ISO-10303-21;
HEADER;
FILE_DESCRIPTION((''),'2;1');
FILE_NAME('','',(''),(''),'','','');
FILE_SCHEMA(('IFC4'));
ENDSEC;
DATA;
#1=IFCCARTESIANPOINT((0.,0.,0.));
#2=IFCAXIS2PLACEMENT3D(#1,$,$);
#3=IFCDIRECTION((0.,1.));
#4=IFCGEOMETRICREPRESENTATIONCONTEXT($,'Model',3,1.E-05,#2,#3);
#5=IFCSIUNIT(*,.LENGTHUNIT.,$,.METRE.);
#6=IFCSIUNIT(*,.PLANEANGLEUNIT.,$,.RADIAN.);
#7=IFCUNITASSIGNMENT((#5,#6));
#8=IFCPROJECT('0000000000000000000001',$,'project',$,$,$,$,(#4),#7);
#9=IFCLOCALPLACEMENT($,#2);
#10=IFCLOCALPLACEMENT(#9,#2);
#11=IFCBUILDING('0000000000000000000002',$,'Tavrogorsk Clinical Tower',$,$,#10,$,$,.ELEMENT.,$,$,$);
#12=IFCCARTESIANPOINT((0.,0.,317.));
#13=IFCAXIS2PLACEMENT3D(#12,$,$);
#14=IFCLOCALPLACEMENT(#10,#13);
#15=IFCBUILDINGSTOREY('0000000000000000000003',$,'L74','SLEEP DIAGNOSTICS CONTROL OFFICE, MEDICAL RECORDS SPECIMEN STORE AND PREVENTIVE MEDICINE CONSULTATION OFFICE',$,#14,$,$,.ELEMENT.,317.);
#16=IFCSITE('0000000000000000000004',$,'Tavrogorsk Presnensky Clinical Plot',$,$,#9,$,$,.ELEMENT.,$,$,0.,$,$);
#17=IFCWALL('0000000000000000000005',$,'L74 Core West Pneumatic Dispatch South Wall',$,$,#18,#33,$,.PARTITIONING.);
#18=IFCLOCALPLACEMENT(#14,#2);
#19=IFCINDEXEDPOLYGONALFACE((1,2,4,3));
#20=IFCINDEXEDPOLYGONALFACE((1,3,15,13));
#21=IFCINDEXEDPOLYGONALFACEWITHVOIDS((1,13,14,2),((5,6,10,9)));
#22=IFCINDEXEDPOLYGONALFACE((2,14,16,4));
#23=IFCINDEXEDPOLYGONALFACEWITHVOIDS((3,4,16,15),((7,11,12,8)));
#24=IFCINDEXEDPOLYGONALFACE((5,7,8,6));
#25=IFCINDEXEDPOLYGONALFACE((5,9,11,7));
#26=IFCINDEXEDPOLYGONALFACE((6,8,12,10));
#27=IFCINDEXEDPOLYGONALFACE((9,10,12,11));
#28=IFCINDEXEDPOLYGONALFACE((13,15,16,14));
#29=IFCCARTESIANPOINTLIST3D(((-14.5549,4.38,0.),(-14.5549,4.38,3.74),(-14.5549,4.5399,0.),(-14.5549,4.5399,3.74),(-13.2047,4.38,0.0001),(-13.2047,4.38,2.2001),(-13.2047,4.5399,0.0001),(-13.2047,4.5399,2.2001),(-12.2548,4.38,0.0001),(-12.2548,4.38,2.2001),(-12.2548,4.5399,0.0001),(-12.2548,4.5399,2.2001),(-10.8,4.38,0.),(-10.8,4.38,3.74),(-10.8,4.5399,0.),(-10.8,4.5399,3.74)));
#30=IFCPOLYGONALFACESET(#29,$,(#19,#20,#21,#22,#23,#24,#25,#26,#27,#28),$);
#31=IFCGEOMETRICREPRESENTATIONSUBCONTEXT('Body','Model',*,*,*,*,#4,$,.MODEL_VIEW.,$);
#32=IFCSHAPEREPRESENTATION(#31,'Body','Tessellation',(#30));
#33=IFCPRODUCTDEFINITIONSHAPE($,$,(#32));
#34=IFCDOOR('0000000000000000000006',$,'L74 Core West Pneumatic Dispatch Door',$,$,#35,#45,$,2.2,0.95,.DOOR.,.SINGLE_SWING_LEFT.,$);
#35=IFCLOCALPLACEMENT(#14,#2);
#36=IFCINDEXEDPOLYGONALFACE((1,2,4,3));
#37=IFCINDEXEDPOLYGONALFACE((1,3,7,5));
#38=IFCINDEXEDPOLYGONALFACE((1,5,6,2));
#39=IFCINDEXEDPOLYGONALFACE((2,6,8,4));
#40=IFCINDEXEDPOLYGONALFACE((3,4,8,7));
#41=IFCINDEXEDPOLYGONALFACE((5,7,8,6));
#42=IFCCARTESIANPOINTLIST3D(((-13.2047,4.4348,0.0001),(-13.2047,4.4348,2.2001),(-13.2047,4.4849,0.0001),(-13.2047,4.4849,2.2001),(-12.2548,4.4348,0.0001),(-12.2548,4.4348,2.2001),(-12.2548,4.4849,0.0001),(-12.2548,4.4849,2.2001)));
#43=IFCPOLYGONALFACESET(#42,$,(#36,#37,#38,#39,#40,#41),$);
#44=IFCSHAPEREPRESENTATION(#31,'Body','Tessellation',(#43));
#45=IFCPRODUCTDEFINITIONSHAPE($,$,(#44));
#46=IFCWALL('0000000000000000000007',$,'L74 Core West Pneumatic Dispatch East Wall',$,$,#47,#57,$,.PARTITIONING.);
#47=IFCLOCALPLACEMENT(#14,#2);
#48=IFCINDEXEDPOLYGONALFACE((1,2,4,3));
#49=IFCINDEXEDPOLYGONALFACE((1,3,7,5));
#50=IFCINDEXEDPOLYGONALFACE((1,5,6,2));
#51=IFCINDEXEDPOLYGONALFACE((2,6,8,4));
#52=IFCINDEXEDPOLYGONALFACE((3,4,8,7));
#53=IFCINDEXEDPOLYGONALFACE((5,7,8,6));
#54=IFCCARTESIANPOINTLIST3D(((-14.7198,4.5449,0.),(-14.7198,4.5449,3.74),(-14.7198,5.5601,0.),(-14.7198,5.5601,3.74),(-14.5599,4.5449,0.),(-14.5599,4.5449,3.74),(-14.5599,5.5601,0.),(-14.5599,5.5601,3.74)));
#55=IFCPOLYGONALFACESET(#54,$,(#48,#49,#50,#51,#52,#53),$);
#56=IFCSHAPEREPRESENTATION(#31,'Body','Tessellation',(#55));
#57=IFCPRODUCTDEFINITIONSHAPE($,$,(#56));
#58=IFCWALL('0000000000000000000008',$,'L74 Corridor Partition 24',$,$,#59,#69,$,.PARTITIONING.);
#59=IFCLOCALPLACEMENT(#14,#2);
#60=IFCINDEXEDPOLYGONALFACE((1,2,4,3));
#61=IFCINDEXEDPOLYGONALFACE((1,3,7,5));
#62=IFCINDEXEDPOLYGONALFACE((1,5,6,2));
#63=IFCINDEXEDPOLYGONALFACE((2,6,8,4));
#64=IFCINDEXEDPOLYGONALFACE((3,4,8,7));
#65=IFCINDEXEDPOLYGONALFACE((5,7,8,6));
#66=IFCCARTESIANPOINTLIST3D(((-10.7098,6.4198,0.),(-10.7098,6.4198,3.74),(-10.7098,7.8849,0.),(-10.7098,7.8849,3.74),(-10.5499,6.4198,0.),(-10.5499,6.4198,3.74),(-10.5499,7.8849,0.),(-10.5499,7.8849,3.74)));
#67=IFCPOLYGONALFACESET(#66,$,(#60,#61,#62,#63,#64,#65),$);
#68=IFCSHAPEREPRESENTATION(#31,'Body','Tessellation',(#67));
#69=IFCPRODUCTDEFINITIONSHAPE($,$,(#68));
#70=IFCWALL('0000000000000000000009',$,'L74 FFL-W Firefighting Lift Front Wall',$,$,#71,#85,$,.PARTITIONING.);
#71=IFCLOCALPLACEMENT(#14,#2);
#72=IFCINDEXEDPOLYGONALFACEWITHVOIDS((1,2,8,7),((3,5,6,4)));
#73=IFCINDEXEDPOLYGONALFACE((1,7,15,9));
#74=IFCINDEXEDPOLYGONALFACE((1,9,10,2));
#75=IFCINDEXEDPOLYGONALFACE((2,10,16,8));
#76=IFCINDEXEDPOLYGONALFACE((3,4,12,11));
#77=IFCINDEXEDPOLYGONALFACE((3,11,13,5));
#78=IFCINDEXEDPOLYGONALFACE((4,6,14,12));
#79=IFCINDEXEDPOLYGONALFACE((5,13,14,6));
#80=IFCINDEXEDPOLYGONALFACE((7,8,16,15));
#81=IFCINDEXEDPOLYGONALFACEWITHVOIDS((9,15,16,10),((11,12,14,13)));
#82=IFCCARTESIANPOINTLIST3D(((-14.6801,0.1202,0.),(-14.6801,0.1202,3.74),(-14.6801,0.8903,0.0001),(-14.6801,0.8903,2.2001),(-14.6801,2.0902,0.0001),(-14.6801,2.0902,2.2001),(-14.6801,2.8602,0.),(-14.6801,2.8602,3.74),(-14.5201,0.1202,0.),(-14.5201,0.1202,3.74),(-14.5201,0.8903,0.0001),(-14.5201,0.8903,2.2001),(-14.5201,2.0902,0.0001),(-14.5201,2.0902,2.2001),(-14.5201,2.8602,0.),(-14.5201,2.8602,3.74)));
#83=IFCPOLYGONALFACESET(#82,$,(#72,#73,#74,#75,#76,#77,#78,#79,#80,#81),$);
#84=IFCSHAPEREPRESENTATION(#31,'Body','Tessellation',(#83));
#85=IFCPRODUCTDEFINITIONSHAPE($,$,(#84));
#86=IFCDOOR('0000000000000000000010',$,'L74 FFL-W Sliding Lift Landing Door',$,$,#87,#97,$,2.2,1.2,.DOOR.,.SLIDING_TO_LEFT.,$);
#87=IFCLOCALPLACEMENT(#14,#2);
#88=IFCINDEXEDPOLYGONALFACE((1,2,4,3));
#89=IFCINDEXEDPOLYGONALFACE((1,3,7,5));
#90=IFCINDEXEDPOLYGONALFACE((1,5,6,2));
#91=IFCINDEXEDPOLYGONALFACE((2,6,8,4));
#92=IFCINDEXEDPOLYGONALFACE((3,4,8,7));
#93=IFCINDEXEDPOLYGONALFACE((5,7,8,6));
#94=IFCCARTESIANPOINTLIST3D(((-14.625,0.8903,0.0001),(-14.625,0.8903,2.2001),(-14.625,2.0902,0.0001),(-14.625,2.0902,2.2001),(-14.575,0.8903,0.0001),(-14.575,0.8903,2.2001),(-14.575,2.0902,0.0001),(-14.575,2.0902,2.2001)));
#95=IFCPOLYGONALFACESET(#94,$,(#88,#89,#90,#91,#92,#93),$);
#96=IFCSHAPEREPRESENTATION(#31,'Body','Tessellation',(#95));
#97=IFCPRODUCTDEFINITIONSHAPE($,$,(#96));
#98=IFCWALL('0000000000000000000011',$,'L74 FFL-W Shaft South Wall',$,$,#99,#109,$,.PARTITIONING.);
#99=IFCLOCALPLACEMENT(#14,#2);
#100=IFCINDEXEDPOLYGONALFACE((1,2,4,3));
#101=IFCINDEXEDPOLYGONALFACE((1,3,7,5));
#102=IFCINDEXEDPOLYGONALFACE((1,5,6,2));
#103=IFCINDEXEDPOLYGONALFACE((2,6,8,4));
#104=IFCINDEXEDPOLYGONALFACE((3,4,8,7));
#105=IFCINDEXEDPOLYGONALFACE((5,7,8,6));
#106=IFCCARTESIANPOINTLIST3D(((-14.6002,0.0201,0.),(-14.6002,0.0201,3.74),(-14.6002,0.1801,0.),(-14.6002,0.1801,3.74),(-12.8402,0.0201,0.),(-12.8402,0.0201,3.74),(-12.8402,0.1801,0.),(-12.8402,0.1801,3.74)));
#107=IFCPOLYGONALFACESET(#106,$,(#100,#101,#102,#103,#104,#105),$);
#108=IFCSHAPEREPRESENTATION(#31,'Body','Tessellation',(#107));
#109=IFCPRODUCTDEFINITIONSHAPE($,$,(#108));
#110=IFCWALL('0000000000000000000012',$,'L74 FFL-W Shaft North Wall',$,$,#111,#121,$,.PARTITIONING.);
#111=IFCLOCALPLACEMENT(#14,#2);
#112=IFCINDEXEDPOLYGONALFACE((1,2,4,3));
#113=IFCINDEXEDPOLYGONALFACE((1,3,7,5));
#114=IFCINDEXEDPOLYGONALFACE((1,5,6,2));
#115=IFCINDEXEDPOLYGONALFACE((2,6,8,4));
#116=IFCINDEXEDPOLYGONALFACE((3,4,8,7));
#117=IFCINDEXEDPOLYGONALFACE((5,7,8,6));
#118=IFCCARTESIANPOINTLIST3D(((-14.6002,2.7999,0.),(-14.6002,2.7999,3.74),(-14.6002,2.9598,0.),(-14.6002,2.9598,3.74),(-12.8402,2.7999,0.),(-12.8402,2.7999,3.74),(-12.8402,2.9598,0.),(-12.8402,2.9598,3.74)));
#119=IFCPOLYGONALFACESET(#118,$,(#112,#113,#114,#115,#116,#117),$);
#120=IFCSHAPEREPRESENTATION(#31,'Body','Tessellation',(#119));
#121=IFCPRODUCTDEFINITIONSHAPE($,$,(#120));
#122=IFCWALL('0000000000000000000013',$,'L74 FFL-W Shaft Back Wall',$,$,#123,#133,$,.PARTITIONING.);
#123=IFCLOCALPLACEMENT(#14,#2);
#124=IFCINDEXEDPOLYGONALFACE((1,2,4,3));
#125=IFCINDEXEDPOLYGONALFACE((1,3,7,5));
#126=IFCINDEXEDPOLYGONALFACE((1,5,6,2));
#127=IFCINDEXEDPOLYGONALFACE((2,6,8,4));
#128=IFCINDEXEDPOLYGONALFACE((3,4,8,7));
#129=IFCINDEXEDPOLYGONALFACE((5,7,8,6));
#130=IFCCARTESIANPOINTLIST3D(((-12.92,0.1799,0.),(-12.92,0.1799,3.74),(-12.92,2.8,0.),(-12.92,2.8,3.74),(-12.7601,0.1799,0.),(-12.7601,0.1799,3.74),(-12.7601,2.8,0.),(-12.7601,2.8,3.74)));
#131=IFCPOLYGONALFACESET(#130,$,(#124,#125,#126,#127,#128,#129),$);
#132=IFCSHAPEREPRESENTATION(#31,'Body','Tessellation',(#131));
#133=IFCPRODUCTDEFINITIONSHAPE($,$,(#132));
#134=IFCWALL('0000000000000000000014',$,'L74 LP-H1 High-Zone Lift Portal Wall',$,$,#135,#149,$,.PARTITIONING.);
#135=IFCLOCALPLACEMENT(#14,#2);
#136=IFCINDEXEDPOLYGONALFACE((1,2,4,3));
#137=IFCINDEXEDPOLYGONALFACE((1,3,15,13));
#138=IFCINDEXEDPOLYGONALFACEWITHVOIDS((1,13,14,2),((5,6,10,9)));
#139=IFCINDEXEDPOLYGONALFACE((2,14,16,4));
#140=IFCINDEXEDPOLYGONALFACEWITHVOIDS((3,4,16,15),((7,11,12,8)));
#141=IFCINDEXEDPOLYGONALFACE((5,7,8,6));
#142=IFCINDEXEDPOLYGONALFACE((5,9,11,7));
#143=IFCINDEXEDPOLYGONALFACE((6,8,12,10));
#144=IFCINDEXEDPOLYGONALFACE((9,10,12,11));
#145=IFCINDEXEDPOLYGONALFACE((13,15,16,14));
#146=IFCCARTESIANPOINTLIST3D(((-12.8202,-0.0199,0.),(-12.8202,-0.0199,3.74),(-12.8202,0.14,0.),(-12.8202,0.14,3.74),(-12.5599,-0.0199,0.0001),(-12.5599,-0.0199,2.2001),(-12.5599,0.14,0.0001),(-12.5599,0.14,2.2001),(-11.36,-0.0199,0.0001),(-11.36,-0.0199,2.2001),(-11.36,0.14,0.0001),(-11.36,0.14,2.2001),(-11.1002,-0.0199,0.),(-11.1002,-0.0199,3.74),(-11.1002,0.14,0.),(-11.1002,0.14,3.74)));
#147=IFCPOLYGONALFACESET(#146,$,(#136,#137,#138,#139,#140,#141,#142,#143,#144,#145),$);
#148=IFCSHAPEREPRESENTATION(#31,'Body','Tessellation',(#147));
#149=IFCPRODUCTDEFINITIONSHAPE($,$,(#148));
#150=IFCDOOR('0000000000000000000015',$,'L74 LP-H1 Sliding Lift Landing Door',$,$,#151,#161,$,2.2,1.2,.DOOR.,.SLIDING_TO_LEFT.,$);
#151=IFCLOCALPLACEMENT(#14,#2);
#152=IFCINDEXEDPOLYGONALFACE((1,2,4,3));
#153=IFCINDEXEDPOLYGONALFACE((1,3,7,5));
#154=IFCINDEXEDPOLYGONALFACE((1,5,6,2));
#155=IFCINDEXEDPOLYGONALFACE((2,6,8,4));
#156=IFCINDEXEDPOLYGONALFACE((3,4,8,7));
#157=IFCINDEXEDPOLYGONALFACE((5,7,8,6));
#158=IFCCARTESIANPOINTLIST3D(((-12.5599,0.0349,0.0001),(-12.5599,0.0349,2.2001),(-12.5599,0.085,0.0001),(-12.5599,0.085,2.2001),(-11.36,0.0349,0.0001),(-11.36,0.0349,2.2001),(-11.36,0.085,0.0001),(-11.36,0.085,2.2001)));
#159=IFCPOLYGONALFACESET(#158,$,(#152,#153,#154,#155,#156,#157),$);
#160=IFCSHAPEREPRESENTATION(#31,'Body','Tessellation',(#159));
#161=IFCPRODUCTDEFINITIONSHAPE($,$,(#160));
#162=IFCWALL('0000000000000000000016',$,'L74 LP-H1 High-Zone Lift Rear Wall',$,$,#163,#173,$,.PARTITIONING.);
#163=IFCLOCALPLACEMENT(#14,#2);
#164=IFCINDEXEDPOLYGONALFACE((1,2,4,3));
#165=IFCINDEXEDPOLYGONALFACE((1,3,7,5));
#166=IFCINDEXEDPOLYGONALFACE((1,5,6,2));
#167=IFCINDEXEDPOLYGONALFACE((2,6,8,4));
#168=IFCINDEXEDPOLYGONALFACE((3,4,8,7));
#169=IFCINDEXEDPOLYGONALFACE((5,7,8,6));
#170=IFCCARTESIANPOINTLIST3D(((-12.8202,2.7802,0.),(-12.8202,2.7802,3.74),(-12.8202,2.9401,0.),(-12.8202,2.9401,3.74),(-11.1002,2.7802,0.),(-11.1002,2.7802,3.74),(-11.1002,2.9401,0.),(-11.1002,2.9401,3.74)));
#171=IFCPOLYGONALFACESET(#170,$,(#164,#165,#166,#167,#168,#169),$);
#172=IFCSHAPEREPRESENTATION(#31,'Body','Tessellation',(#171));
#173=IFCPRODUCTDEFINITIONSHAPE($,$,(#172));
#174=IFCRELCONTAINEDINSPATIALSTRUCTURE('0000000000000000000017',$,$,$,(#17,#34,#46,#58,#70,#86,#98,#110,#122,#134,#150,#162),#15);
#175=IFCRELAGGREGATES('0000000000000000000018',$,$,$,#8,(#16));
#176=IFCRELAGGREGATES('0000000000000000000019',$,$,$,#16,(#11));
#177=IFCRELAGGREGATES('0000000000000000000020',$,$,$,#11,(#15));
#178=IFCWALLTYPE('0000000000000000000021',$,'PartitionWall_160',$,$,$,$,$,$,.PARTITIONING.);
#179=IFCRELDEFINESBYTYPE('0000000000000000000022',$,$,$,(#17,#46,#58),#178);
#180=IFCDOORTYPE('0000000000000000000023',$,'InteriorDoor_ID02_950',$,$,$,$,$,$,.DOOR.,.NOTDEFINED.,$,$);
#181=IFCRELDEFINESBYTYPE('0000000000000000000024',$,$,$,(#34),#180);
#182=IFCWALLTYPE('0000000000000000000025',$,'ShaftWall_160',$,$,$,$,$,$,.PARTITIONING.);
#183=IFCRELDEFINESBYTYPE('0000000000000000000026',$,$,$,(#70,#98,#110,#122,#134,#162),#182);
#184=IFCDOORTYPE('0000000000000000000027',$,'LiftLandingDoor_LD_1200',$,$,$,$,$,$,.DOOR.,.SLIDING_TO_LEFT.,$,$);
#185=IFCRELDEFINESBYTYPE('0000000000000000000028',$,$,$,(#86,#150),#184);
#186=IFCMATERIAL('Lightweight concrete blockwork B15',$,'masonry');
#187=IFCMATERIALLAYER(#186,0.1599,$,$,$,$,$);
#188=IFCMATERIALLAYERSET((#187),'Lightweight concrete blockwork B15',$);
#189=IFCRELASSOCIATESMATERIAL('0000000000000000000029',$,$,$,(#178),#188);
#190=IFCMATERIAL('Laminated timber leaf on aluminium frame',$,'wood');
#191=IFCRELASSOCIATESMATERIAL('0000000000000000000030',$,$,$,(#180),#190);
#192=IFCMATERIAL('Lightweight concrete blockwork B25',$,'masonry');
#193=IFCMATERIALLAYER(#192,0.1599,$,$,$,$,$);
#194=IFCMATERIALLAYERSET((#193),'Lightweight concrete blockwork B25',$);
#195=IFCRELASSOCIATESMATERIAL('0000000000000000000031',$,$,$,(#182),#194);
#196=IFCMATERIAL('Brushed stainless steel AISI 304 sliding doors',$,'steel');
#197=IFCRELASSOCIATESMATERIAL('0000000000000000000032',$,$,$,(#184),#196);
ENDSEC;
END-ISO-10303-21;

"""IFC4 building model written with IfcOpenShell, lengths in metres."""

from ifc_helpers import new_model, si_unit, direction, frame, frame_2d, origin, place, context, subcontext, project, spatial, rectangle, extrude, material, layer, layer_set, type_object, element, fill, save


model = new_model("IFC4")

# Units and contexts
model_context = context("Model", 3, precision=1e-05, world=origin(), true_north=direction((0.0, 1.0)))
body_context = subcontext(model_context, "Body", "Model", "MODEL_VIEW")
ifc_project = project(units=[si_unit("LENGTHUNIT", "METRE"), si_unit("PLANEANGLEUNIT", "RADIAN")], contexts=[model_context])

# Site, building, storey
site_placement = place(None, origin())
site = spatial("IfcSite", under=ifc_project, at=site_placement, Name="Tavrogorsk Presnensky Clinical Plot", CompositionType="ELEMENT", RefElevation=0.0)
building_placement = place(site_placement, origin())
building = spatial("IfcBuilding", under=site, at=building_placement, Name="Tavrogorsk Clinical Tower", CompositionType="ELEMENT")
storey_placement = place(building_placement, frame((0.0, 0.0, 317.0)))
storey = spatial("IfcBuildingStorey", under=building, at=storey_placement, Name="L74", Description="SLEEP DIAGNOSTICS CONTROL OFFICE, MEDICAL RECORDS SPECIMEN STORE AND PREVENTIVE MEDICINE CONSULTATION OFFICE", CompositionType="ELEMENT", Elevation=317.0)

# Wall, opening, door
ifc_material_1 = material(Name="Lightweight concrete blockwork B15", Category="masonry")
ifc_layer_1 = layer(ifc_material_1, 0.1599)
ifc_layer_set_1 = layer_set([ifc_layer_1], Name="Lightweight concrete blockwork B15")
wall_type_1 = type_object("IfcWallType", Name="PartitionWall_160", PredefinedType="PARTITIONING", material=ifc_layer_set_1)
wall_1_placement = place(storey_placement, frame((-14.5549, 4.46, 0.0), z_axis=(0.0, 0.0, 1.0), x_axis=(1.0, 0.0, 0.0)))
wall_1 = element("IfcWall", 1, at=wall_1_placement, inside=storey, type_object=wall_type_1, Name="L74 Core West Pneumatic Dispatch South Wall", PredefinedType="PARTITIONING", context=body_context, shape_type="SweptSolid", body=[
    extrude(rectangle(XDim=3.7549, YDim=0.1599, at=frame_2d((1.8774, 0.0))), origin(), (0.0, 0.0, 1.0), 3.74),
])
opening_1_placement = place(wall_1_placement, frame((1.3501, 0.0, 0.0)))
opening_1 = element("IfcOpeningElement", 2, at=opening_1_placement, cuts=wall_1, PredefinedType="OPENING", context=body_context, shape_type="SweptSolid", body=[
    extrude(rectangle(XDim=0.95, YDim=2.2, at=frame_2d((0.4751, 1.1001))), frame((0.0, 0.0898, 0.0), z_axis=(0.0, -1.0, 0.0), x_axis=(1.0, 0.0, 0.0)), (0.0, 0.0, 1.0), 0.1799),
])
ifc_material_2 = material(Name="Laminated timber leaf on aluminium frame", Category="wood")
door_type_1 = type_object("IfcDoorType", Name="InteriorDoor_ID02_950", OperationType="NOTDEFINED", PredefinedType="DOOR", material=ifc_material_2)
door_1_placement = place(opening_1_placement, origin())
door_1 = element("IfcDoor", 3, at=door_1_placement, inside=storey, type_object=door_type_1, Name="L74 Core West Pneumatic Dispatch Door", OperationType="SINGLE_SWING_LEFT", OverallHeight=2.2, OverallWidth=0.95, PredefinedType="DOOR", context=body_context, shape_type="SweptSolid", body=[
    extrude(rectangle(XDim=0.95, YDim=2.2, at=frame_2d((0.4751, 1.1001))), frame((0.0, 0.0249, 0.0), z_axis=(0.0, -1.0, 0.0), x_axis=(1.0, 0.0, 0.0)), (0.0, 0.0, 1.0), 0.05),
])
fill(opening_1, door_1)

# Walls
wall_2_placement = place(storey_placement, frame((-14.6399, 4.5449, 0.0), z_axis=(0.0, 0.0, 1.0), x_axis=(0.0, 1.0, 0.0)))
element("IfcWall", 4, at=wall_2_placement, inside=storey, type_object=wall_type_1, Name="L74 Core West Pneumatic Dispatch East Wall", PredefinedType="PARTITIONING", context=body_context, shape_type="SweptSolid", body=[
    extrude(rectangle(XDim=1.0151, YDim=0.1599, at=frame_2d((0.5076, 0.0))), origin(), (0.0, 0.0, 1.0), 3.74),
])
wall_3_placement = place(storey_placement, frame((-10.6299, 6.4199, 0.0), z_axis=(0.0, 0.0, 1.0), x_axis=(0.0, 1.0, 0.0)))
element("IfcWall", 5, at=wall_3_placement, inside=storey, type_object=wall_type_1, Name="L74 Corridor Partition 24", PredefinedType="PARTITIONING", context=body_context, shape_type="SweptSolid", body=[
    extrude(rectangle(XDim=1.4651, YDim=0.1599, at=frame_2d((0.7324, 0.0))), origin(), (0.0, 0.0, 1.0), 3.74),
])

# Wall, opening, door
ifc_material_3 = material(Name="Lightweight concrete blockwork B25", Category="masonry")
ifc_layer_2 = layer(ifc_material_3, 0.1599)
ifc_layer_set_2 = layer_set([ifc_layer_2], Name="Lightweight concrete blockwork B25")
wall_type_2 = type_object("IfcWallType", Name="ShaftWall_160", PredefinedType="PARTITIONING", material=ifc_layer_set_2)
wall_4_placement = place(storey_placement, frame((-14.6001, 0.1201, 0.0), z_axis=(0.0, 0.0, 1.0), x_axis=(0.0, 1.0, 0.0)))
wall_4 = element("IfcWall", 6, at=wall_4_placement, inside=storey, type_object=wall_type_2, Name="L74 FFL-W Firefighting Lift Front Wall", PredefinedType="PARTITIONING", context=body_context, shape_type="SweptSolid", body=[
    extrude(rectangle(XDim=2.74, YDim=0.1599, at=frame_2d((1.3701, 0.0))), origin(), (0.0, 0.0, 1.0), 3.74),
])
opening_2_placement = place(wall_4_placement, frame((0.77, 0.0, 0.0)))
opening_2 = element("IfcOpeningElement", 7, at=opening_2_placement, cuts=wall_4, PredefinedType="OPENING", context=body_context, shape_type="SweptSolid", body=[
    extrude(rectangle(XDim=1.2, YDim=2.2, at=frame_2d((0.6001, 1.1001))), frame((0.0, 0.0898, 0.0), z_axis=(0.0, -1.0, 0.0), x_axis=(1.0, 0.0, 0.0)), (0.0, 0.0, 1.0), 0.1799),
])
ifc_material_4 = material(Name="Brushed stainless steel AISI 304 sliding doors", Category="steel")
door_type_2 = type_object("IfcDoorType", Name="LiftLandingDoor_LD_1200", OperationType="SLIDING_TO_LEFT", PredefinedType="DOOR", material=ifc_material_4)
door_2_placement = place(opening_2_placement, origin())
door_2 = element("IfcDoor", 8, at=door_2_placement, inside=storey, type_object=door_type_2, Name="L74 FFL-W Sliding Lift Landing Door", OperationType="SLIDING_TO_LEFT", OverallHeight=2.2, OverallWidth=1.2, PredefinedType="DOOR", context=body_context, shape_type="SweptSolid", body=[
    extrude(rectangle(XDim=1.2, YDim=2.2, at=frame_2d((0.6001, 1.1001))), frame((0.0, 0.0249, 0.0), z_axis=(0.0, -1.0, 0.0), x_axis=(1.0, 0.0, 0.0)), (0.0, 0.0, 1.0), 0.05),
])
fill(opening_2, door_2)

# Walls
for number, where, z_axis, x_axis, name in (
    (9, (-14.6001, 0.1001, 0.0), (0.0, 0.0, 1.0), (1.0, 0.0, 0.0), "L74 FFL-W Shaft South Wall"),
    (10, (-14.6001, 2.8799, 0.0), (0.0, 0.0, 1.0), (1.0, 0.0, 0.0), "L74 FFL-W Shaft North Wall"),
):
    element("IfcWall", number, at=place(storey_placement, frame(where, z_axis=z_axis, x_axis=x_axis)), inside=storey, type_object=wall_type_2, Name=name, PredefinedType="PARTITIONING", context=body_context, shape_type="SweptSolid", body=[
        extrude(rectangle(XDim=1.76, YDim=0.1599, at=frame_2d((0.8799, 0.0))), origin(), (0.0, 0.0, 1.0), 3.74),
    ])
wall_5_placement = place(storey_placement, frame((-12.8401, 0.1799, 0.0), z_axis=(0.0, 0.0, 1.0), x_axis=(0.0, 1.0, 0.0)))
element("IfcWall", 11, at=wall_5_placement, inside=storey, type_object=wall_type_2, Name="L74 FFL-W Shaft Back Wall", PredefinedType="PARTITIONING", context=body_context, shape_type="SweptSolid", body=[
    extrude(rectangle(XDim=2.6201, YDim=0.1599, at=frame_2d((1.3101, 0.0))), origin(), (0.0, 0.0, 1.0), 3.74),
])

# Wall, opening, door
wall_6_placement = place(storey_placement, frame((-12.8201, 0.0601, 0.0), z_axis=(0.0, 0.0, 1.0), x_axis=(1.0, 0.0, 0.0)))
wall_6 = element("IfcWall", 12, at=wall_6_placement, inside=storey, type_object=wall_type_2, Name="L74 LP-H1 High-Zone Lift Portal Wall", PredefinedType="PARTITIONING", context=body_context, shape_type="SweptSolid", body=[
    extrude(rectangle(XDim=1.72, YDim=0.1599, at=frame_2d((0.8599, 0.0))), origin(), (0.0, 0.0, 1.0), 3.74),
])
opening_3_placement = place(wall_6_placement, frame((0.26, 0.0, 0.0)))
opening_3 = element("IfcOpeningElement", 13, at=opening_3_placement, cuts=wall_6, PredefinedType="OPENING", context=body_context, shape_type="SweptSolid", body=[
    extrude(rectangle(XDim=1.2, YDim=2.2, at=frame_2d((0.6001, 1.1001))), frame((0.0, 0.0898, 0.0), z_axis=(0.0, -1.0, 0.0), x_axis=(1.0, 0.0, 0.0)), (0.0, 0.0, 1.0), 0.1799),
])
door_3_placement = place(opening_3_placement, origin())
door_3 = element("IfcDoor", 14, at=door_3_placement, inside=storey, type_object=door_type_2, Name="L74 LP-H1 Sliding Lift Landing Door", OperationType="SLIDING_TO_LEFT", OverallHeight=2.2, OverallWidth=1.2, PredefinedType="DOOR", context=body_context, shape_type="SweptSolid", body=[
    extrude(rectangle(XDim=1.2, YDim=2.2, at=frame_2d((0.6001, 1.1001))), frame((0.0, 0.0249, 0.0), z_axis=(0.0, -1.0, 0.0), x_axis=(1.0, 0.0, 0.0)), (0.0, 0.0, 1.0), 0.05),
])
fill(opening_3, door_3)

# Wall
wall_7_placement = place(storey_placement, frame((-12.8201, 2.8601, 0.0), z_axis=(0.0, 0.0, 1.0), x_axis=(1.0, 0.0, 0.0)))
element("IfcWall", 15, at=wall_7_placement, inside=storey, type_object=wall_type_2, Name="L74 LP-H1 High-Zone Lift Rear Wall", PredefinedType="PARTITIONING", context=body_context, shape_type="SweptSolid", body=[
    extrude(rectangle(XDim=1.72, YDim=0.1599, at=frame_2d((0.8599, 0.0))), origin(), (0.0, 0.0, 1.0), 3.74),
])

save(model, "model.ifc")
